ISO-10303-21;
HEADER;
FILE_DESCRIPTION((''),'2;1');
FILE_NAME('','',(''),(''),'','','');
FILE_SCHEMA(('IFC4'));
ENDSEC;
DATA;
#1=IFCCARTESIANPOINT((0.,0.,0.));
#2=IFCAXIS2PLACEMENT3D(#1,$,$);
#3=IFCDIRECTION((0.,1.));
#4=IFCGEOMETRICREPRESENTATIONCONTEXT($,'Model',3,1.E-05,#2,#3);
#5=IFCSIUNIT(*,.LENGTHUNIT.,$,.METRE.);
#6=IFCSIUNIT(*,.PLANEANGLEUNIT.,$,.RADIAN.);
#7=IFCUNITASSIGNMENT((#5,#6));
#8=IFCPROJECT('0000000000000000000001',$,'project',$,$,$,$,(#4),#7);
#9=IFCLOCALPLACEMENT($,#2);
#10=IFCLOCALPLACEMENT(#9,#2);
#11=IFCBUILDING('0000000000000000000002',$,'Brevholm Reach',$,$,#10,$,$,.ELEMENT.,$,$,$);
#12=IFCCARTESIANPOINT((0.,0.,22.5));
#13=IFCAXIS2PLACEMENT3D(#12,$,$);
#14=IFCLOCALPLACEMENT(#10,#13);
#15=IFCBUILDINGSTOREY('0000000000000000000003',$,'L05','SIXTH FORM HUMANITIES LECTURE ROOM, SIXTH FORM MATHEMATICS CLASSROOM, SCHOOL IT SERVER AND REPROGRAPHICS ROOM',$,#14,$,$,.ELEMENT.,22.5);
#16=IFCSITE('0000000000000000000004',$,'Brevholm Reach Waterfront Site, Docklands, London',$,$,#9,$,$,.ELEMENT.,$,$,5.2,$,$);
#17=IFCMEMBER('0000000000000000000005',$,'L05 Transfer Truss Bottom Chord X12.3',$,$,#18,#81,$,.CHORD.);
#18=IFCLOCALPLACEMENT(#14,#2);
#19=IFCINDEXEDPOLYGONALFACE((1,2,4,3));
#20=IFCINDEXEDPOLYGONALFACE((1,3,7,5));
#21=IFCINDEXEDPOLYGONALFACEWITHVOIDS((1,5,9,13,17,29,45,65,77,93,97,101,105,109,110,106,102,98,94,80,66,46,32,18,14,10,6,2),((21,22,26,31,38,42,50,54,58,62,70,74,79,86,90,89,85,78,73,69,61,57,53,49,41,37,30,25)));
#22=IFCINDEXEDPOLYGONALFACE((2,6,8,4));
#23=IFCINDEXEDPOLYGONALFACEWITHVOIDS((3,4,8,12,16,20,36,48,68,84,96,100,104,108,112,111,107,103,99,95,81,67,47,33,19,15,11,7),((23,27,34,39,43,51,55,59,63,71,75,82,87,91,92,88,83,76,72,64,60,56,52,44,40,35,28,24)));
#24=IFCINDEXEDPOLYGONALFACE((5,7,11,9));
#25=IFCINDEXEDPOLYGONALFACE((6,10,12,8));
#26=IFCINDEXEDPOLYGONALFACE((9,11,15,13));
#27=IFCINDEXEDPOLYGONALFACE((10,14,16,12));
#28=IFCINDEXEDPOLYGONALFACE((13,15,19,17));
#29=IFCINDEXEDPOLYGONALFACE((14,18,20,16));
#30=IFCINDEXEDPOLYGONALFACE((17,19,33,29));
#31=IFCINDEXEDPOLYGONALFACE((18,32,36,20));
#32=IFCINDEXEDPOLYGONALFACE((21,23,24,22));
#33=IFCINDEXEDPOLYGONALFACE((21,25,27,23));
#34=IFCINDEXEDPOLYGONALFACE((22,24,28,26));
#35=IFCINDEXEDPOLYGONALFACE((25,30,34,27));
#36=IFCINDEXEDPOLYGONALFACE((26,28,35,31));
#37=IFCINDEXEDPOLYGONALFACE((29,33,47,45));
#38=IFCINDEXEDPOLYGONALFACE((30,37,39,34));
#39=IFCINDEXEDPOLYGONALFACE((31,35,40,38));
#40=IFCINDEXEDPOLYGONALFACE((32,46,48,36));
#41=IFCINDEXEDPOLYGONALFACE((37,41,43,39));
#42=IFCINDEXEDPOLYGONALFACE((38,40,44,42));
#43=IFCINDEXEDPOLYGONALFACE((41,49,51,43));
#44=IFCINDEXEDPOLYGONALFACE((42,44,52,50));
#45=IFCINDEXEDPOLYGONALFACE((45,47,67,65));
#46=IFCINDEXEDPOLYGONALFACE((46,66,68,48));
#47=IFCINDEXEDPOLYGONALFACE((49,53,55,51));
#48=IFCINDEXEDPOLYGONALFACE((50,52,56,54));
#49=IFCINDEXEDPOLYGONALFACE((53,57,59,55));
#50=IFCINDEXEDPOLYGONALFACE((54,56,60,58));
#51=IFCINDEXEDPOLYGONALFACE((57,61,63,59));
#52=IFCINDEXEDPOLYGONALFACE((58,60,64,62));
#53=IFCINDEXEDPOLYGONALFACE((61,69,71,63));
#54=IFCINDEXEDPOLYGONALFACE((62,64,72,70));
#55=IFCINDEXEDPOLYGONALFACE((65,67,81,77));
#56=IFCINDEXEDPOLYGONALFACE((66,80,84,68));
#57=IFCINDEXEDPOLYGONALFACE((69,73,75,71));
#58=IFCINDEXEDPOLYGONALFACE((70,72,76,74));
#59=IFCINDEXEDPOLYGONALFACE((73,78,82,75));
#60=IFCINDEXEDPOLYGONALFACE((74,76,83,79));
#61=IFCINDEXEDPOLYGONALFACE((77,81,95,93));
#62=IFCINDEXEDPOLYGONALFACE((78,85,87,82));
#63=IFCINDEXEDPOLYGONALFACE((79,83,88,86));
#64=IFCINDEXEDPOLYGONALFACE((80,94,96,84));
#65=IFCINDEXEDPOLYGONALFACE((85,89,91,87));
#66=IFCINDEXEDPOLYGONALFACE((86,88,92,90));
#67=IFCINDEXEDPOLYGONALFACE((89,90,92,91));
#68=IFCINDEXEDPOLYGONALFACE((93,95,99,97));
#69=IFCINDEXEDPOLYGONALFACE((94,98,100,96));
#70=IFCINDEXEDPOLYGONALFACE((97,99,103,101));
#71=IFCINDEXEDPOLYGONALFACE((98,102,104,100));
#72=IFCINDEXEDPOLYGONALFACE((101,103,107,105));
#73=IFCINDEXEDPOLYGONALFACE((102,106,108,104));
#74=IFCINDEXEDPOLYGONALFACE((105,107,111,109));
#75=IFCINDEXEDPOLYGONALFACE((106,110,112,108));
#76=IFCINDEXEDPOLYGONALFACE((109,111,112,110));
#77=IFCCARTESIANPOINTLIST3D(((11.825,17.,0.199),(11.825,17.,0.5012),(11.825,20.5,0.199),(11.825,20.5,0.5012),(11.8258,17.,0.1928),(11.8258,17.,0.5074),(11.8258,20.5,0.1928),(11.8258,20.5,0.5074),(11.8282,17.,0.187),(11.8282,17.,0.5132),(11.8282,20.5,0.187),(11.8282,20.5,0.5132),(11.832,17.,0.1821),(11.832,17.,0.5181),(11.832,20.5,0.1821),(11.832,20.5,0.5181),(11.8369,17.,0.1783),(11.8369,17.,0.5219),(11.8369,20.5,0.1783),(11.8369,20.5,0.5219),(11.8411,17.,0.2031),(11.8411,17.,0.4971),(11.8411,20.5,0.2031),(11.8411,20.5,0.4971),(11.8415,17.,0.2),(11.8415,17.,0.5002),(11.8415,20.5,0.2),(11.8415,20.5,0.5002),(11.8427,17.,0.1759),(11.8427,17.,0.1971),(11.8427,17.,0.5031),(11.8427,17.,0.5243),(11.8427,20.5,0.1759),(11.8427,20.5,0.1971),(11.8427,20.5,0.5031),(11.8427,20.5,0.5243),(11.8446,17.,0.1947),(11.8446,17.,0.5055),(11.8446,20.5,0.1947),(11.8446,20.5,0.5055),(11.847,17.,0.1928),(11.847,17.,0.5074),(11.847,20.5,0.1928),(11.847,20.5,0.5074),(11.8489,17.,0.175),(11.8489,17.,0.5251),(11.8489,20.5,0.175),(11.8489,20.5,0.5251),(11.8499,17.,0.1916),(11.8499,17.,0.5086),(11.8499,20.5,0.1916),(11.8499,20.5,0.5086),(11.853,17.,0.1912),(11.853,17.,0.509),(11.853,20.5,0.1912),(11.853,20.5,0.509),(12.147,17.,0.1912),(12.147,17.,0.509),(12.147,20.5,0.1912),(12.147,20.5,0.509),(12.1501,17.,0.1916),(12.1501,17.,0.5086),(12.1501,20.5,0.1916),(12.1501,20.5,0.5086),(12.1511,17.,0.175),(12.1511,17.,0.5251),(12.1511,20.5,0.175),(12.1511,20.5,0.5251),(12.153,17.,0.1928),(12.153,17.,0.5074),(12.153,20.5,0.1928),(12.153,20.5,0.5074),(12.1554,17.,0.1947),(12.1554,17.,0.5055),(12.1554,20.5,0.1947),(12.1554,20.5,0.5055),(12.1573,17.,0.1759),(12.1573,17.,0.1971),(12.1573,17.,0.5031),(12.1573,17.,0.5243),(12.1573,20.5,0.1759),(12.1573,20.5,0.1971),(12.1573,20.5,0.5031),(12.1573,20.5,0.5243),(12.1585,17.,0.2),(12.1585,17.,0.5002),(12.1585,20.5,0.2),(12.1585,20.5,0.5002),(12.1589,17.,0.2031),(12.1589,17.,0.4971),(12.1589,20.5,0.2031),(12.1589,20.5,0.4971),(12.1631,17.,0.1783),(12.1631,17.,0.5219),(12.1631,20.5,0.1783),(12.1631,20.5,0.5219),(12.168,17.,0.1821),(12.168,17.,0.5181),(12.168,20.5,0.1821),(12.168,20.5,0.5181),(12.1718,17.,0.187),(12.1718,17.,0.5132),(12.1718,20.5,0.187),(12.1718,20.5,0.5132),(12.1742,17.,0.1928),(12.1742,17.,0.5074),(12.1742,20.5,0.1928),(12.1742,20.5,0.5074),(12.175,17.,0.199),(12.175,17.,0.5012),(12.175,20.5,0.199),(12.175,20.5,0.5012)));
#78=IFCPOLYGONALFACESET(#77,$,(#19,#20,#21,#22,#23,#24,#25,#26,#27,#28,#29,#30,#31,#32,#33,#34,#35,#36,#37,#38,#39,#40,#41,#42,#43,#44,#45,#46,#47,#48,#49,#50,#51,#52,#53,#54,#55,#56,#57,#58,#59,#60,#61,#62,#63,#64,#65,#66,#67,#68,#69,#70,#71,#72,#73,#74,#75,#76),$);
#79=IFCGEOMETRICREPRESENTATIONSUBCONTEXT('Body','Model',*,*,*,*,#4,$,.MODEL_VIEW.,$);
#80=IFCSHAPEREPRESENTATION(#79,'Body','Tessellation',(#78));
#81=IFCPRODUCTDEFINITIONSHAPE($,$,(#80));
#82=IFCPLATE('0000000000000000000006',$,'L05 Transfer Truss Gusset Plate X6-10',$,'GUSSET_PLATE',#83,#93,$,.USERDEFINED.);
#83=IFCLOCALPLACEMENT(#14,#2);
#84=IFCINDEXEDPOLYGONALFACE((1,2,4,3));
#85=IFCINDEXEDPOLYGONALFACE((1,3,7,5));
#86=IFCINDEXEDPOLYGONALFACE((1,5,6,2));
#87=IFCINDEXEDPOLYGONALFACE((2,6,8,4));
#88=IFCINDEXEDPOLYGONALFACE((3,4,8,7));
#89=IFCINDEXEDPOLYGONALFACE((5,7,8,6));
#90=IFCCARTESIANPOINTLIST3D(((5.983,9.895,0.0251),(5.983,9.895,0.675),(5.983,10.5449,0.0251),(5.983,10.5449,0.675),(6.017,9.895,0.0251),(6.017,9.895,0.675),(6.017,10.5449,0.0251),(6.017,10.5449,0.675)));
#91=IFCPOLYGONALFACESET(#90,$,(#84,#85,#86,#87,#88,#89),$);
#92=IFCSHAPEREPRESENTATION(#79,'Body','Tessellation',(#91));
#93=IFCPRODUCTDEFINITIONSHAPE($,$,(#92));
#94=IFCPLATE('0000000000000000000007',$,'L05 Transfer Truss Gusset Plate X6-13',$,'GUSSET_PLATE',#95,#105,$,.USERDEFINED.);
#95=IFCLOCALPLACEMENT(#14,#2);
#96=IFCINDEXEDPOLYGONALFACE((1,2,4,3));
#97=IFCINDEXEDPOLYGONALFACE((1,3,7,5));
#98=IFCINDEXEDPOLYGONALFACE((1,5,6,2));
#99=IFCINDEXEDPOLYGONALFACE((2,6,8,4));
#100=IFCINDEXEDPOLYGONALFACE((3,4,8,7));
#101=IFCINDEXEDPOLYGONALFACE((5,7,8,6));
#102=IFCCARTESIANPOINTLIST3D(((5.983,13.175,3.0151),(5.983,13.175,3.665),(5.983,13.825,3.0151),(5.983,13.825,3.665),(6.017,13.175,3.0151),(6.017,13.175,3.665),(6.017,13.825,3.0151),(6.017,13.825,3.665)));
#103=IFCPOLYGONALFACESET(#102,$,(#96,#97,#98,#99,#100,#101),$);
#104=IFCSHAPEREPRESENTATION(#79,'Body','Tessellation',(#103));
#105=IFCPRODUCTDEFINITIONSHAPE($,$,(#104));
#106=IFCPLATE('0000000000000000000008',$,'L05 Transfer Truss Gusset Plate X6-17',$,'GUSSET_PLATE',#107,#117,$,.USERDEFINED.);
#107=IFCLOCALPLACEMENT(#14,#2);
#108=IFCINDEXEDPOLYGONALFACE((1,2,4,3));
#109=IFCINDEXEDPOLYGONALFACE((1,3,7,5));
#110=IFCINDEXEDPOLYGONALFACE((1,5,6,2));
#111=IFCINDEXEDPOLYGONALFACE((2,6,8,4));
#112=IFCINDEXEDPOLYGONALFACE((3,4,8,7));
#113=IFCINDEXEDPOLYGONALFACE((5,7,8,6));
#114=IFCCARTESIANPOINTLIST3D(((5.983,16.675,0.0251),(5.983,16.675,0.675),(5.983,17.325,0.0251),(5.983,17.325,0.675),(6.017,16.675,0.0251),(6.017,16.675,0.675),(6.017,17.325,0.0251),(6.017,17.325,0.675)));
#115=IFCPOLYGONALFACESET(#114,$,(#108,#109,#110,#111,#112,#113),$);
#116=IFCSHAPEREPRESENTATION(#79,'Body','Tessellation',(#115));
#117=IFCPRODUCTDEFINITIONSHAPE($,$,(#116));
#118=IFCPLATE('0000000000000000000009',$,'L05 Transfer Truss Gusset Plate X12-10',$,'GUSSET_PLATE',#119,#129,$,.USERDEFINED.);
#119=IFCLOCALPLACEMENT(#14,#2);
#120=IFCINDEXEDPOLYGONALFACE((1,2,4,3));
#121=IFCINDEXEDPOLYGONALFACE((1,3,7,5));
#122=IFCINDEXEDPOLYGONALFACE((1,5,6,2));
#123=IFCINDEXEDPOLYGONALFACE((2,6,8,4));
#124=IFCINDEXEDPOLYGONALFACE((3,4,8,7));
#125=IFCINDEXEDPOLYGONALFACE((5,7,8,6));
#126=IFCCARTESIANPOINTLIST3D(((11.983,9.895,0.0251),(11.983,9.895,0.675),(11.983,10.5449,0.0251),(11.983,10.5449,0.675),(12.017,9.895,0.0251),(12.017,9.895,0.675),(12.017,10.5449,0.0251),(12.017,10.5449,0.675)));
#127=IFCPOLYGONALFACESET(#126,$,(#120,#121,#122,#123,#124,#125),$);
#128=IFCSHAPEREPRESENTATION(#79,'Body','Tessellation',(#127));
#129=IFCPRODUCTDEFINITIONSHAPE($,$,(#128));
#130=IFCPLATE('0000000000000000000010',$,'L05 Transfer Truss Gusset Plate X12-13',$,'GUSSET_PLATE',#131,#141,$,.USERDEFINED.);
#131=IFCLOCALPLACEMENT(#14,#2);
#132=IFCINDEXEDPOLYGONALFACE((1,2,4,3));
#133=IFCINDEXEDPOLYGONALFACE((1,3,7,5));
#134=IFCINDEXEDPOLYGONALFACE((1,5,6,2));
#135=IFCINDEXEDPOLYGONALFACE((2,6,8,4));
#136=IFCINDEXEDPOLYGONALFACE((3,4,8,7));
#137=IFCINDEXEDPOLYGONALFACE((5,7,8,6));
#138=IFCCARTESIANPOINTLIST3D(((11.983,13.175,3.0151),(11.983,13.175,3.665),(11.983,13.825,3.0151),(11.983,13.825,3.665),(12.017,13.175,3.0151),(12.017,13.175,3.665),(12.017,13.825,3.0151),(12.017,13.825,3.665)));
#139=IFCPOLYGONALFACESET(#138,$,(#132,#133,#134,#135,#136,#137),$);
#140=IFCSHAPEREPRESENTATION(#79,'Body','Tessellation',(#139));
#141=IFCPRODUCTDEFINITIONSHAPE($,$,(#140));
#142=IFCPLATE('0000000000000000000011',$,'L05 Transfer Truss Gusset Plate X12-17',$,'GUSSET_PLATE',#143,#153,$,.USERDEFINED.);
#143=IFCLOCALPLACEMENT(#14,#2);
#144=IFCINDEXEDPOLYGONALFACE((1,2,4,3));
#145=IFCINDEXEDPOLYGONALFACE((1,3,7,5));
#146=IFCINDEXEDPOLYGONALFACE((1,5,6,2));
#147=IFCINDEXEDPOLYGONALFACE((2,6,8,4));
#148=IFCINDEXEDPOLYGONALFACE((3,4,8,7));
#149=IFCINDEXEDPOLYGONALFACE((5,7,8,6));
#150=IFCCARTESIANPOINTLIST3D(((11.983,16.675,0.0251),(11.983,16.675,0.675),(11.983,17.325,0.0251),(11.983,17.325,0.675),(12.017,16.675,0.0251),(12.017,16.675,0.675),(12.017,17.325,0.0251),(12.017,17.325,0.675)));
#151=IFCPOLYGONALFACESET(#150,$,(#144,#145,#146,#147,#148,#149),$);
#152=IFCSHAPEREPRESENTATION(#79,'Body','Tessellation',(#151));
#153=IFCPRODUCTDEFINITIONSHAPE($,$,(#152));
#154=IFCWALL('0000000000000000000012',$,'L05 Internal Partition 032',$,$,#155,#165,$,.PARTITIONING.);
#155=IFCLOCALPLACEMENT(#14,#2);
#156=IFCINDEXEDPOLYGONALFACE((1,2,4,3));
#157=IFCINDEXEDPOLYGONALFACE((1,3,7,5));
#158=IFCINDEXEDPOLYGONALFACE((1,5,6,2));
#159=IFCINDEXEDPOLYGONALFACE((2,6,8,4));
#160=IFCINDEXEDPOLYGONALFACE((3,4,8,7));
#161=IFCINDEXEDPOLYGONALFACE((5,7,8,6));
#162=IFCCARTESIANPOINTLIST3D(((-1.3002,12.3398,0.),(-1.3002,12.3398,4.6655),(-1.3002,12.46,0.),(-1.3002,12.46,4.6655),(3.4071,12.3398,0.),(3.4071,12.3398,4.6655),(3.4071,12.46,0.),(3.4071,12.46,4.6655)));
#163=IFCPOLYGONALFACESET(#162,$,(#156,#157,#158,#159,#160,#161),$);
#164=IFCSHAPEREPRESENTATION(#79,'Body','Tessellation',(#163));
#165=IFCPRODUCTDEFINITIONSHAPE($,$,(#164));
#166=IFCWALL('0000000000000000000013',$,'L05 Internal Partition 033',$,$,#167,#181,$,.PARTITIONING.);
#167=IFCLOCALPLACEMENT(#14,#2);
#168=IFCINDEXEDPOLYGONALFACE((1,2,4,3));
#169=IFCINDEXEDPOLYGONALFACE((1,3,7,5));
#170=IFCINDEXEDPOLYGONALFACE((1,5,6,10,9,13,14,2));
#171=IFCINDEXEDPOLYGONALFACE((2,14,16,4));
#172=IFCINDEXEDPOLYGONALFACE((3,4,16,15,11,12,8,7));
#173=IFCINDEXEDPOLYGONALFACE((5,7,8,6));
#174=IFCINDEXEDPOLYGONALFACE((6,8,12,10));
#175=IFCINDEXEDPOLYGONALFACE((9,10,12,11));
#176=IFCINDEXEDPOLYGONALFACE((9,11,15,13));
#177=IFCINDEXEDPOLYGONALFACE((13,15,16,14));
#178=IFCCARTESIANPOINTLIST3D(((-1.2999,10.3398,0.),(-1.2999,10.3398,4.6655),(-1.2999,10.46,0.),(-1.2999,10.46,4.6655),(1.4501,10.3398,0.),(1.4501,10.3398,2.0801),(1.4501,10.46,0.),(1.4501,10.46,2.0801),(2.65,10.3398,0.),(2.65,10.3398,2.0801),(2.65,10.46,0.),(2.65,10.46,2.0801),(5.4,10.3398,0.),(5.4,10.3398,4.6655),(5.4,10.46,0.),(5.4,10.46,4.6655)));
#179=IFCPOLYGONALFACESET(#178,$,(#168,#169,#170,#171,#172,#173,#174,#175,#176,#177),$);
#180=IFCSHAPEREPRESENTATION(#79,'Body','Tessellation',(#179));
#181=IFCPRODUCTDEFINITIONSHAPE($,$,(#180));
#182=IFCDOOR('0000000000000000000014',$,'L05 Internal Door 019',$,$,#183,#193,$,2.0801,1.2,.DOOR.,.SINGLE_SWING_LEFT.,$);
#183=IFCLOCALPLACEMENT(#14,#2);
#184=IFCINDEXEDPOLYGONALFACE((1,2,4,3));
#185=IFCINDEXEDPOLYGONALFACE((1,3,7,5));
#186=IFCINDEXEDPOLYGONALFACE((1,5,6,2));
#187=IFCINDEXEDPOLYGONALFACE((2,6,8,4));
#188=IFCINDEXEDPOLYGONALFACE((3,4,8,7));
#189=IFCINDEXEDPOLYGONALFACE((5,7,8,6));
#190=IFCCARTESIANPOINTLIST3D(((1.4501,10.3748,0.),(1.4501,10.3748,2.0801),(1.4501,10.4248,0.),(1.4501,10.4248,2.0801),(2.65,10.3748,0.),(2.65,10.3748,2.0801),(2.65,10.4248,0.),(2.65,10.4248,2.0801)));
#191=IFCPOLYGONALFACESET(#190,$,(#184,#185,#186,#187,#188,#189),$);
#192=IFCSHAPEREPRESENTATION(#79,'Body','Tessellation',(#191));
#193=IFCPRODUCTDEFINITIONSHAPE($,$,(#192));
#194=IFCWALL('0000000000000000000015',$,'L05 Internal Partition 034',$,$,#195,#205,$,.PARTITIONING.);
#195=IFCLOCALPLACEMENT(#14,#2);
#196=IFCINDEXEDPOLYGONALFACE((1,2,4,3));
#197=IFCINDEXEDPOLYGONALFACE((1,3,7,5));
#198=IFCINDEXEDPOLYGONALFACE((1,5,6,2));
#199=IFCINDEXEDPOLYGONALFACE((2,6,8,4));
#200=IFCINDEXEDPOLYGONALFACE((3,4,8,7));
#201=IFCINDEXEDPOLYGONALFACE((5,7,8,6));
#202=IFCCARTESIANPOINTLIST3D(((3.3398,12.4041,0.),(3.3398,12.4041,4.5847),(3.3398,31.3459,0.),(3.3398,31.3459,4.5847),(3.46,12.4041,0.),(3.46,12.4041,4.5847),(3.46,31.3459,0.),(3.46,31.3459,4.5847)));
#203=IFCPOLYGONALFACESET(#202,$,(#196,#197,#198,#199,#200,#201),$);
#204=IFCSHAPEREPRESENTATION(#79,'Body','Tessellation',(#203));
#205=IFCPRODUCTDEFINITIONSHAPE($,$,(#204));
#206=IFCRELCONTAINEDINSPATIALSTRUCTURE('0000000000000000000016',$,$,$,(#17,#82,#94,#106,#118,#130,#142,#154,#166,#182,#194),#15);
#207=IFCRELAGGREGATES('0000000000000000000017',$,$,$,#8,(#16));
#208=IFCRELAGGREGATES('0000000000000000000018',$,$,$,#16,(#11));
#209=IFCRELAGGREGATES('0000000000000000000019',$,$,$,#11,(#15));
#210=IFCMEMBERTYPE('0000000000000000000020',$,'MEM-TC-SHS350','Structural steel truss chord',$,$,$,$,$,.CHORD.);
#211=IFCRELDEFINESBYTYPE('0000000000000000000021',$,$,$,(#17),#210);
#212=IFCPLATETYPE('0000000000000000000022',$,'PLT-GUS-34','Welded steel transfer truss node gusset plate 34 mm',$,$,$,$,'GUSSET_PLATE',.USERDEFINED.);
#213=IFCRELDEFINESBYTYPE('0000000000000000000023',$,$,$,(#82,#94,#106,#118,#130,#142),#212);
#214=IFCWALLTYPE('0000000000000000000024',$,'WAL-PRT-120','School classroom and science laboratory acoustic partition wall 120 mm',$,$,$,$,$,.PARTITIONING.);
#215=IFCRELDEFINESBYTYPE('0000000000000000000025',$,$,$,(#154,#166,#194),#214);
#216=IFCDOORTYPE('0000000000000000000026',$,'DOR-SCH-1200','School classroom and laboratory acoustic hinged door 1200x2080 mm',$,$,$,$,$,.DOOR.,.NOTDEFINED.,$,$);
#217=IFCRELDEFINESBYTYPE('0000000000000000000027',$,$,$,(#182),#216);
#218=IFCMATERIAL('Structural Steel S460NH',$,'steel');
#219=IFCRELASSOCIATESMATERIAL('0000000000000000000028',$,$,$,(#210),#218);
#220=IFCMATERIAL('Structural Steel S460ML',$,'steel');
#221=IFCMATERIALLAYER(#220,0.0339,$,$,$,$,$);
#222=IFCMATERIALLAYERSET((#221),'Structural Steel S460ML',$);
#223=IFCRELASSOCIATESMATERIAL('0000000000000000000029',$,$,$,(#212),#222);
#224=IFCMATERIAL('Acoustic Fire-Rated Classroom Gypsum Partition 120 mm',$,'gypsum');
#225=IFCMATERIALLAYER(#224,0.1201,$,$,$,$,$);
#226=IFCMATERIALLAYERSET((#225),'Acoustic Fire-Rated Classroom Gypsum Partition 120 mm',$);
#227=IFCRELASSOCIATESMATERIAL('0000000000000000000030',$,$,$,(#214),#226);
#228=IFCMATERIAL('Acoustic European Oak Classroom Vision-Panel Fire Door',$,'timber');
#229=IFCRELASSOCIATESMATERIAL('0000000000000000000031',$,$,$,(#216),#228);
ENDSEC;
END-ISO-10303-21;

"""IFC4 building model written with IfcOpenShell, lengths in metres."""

from ifc_helpers import new_model, si_unit, direction, frame, frame_2d, origin, origin_2d, place, context, subcontext, project, spatial, rectangle, hollow_rectangle, extrude, material, layer, layer_set, material_profile, profile_set, type_object, element, fill, save


model = new_model("IFC4")

# Units and contexts
model_context = context("Model", 3, precision=1e-05, world=origin(), true_north=direction((0.0, 1.0)))
body_context = subcontext(model_context, "Body", "Model", "MODEL_VIEW")
ifc_project = project(units=[si_unit("LENGTHUNIT", "METRE"), si_unit("PLANEANGLEUNIT", "RADIAN")], contexts=[model_context])

# Site, building, storey
site_placement = place(None, origin())
site = spatial("IfcSite", under=ifc_project, at=site_placement, Name="Brevholm Reach Waterfront Site, Docklands, London", CompositionType="ELEMENT", RefElevation=5.2)
building_placement = place(site_placement, origin())
building = spatial("IfcBuilding", under=site, at=building_placement, Name="Brevholm Reach", CompositionType="ELEMENT")
storey_placement = place(building_placement, frame((0.0, 0.0, 22.5)))
storey = spatial("IfcBuildingStorey", under=building, at=storey_placement, Name="L05", Description="SIXTH FORM HUMANITIES LECTURE ROOM, SIXTH FORM MATHEMATICS CLASSROOM, SCHOOL IT SERVER AND REPROGRAPHICS ROOM", CompositionType="ELEMENT", Elevation=22.5)

# Member
ifc_material_1 = material(Name="Structural Steel S460NH", Category="steel")
ifc_material_profile_1 = material_profile(ifc_material_1, hollow_rectangle(XDim=0.3501, YDim=0.3501, WallThickness=0.0161, InnerFilletRadius=0.012, OuterFilletRadius=0.0239, at=origin_2d()), Name="SHS 350x350x16")
ifc_profile_set_1 = profile_set([ifc_material_profile_1], Name="Structural Steel S460NH")
member_type_1 = type_object("IfcMemberType", Name="MEM-TC-SHS350", Description="Structural steel truss chord", PredefinedType="CHORD", material=ifc_profile_set_1)
for number, where, z_axis, x_axis, name in (
    (1, (12.0, 17.0, 0.3501), (0.0, 1.0, 0.0), (-1.0, 0.0, 0.0), "L05 Transfer Truss Bottom Chord X12.3"),
):
    element("IfcMember", number, at=place(storey_placement, frame(where, z_axis=z_axis, x_axis=x_axis)), inside=storey, type_object=member_type_1, Name=name, PredefinedType="CHORD", context=body_context, shape_type="SweptSolid", body=[
        extrude(hollow_rectangle(XDim=0.3501, YDim=0.3501, WallThickness=0.0161, InnerFilletRadius=0.012, OuterFilletRadius=0.0239, at=origin_2d()), origin(), (0.0, 0.0, 1.0), 3.5),
    ])

# Plates
ifc_material_2 = material(Name="Structural Steel S460ML", Category="steel")
ifc_layer_1 = layer(ifc_material_2, 0.0339)
ifc_layer_set_1 = layer_set([ifc_layer_1], Name="Structural Steel S460ML")
plate_type = type_object("IfcPlateType", Name="PLT-GUS-34", Description="Welded steel transfer truss node gusset plate 34 mm", ElementType="GUSSET_PLATE", PredefinedType="USERDEFINED", material=ifc_layer_set_1)
for number, where, z_axis, x_axis, name in (
    (2, (6.0, 10.22, 0.0251), (0.0, 0.0, 1.0), (1.0, 0.0, 0.0), "L05 Transfer Truss Gusset Plate X6-10"),
    (3, (6.0, 13.5, 3.0151), (0.0, 0.0, 1.0), (1.0, 0.0, 0.0), "L05 Transfer Truss Gusset Plate X6-13"),
    (4, (6.0, 17.0, 0.0251), (0.0, 0.0, 1.0), (1.0, 0.0, 0.0), "L05 Transfer Truss Gusset Plate X6-17"),
    (5, (12.0, 10.22, 0.0251), (0.0, 0.0, 1.0), (1.0, 0.0, 0.0), "L05 Transfer Truss Gusset Plate X12-10"),
    (6, (12.0, 13.5, 3.0151), (0.0, 0.0, 1.0), (1.0, 0.0, 0.0), "L05 Transfer Truss Gusset Plate X12-13"),
    (7, (12.0, 17.0, 0.0251), (0.0, 0.0, 1.0), (1.0, 0.0, 0.0), "L05 Transfer Truss Gusset Plate X12-17"),
):
    element("IfcPlate", number, at=place(storey_placement, frame(where, z_axis=z_axis, x_axis=x_axis)), inside=storey, type_object=plate_type, Name=name, ObjectType="GUSSET_PLATE", PredefinedType="USERDEFINED", context=body_context, shape_type="SweptSolid", body=[
        extrude(rectangle(XDim=0.0339, YDim=0.6499, at=origin_2d()), origin(), (0.0, 0.0, 1.0), 0.6499),
    ])

# Wall
ifc_material_3 = material(Name="Acoustic Fire-Rated Classroom Gypsum Partition 120 mm", Category="gypsum")
ifc_layer_2 = layer(ifc_material_3, 0.1201)
ifc_layer_set_2 = layer_set([ifc_layer_2], Name="Acoustic Fire-Rated Classroom Gypsum Partition 120 mm")
wall_type = type_object("IfcWallType", Name="WAL-PRT-120", Description="School classroom and science laboratory acoustic partition wall 120 mm", PredefinedType="PARTITIONING", material=ifc_layer_set_2)
wall_1_placement = place(storey_placement, frame((-1.3, 12.3999, 0.0), z_axis=(0.0, 0.0, 1.0), x_axis=(1.0, 0.0, 0.0)))
element("IfcWall", 8, at=wall_1_placement, inside=storey, type_object=wall_type, Name="L05 Internal Partition 032", PredefinedType="PARTITIONING", context=body_context, shape_type="SweptSolid", body=[
    extrude(rectangle(XDim=4.7073, YDim=0.1201, at=frame_2d((2.3535, 0.0))), origin(), (0.0, 0.0, 1.0), 4.6655),
])

# Wall, opening, door
wall_2_placement = place(storey_placement, frame((-1.3, 10.3999, 0.0), z_axis=(0.0, 0.0, 1.0), x_axis=(1.0, 0.0, 0.0)))
wall_2 = element("IfcWall", 9, at=wall_2_placement, inside=storey, type_object=wall_type, Name="L05 Internal Partition 033", PredefinedType="PARTITIONING", context=body_context, shape_type="SweptSolid", body=[
    extrude(rectangle(XDim=6.7, YDim=0.1201, at=frame_2d((3.3501, 0.0))), origin(), (0.0, 0.0, 1.0), 4.6655),
])
opening_placement = place(wall_2_placement, frame((2.75, 0.0, 0.0)))
opening = element("IfcOpeningElement", 10, at=opening_placement, cuts=wall_2, PredefinedType="OPENING", context=body_context, shape_type="SweptSolid", body=[
    extrude(rectangle(XDim=1.2, YDim=2.0801, at=frame_2d((0.6001, 1.04))), frame((0.0, 0.0701, 0.0), z_axis=(0.0, -1.0, 0.0), x_axis=(1.0, 0.0, 0.0)), (0.0, 0.0, 1.0), 0.1401),
])
ifc_material_4 = material(Name="Acoustic European Oak Classroom Vision-Panel Fire Door", Category="timber")
door_type = type_object("IfcDoorType", Name="DOR-SCH-1200", Description="School classroom and laboratory acoustic hinged door 1200x2080 mm", OperationType="NOTDEFINED", PredefinedType="DOOR", material=ifc_material_4)
door_placement = place(opening_placement, origin())
door = element("IfcDoor", 11, at=door_placement, inside=storey, type_object=door_type, Name="L05 Internal Door 019", OperationType="SINGLE_SWING_LEFT", OverallHeight=2.0801, OverallWidth=1.2, PredefinedType="DOOR", context=body_context, shape_type="SweptSolid", body=[
    extrude(rectangle(XDim=1.2, YDim=2.0801, at=frame_2d((0.6001, 1.04))), frame((0.0, 0.0249, 0.0), z_axis=(0.0, -1.0, 0.0), x_axis=(1.0, 0.0, 0.0)), (0.0, 0.0, 1.0), 0.05),
])
fill(opening, door)

# Wall
wall_3_placement = place(storey_placement, frame((3.3999, 12.4041, 0.0), z_axis=(0.0, 0.0, 1.0), x_axis=(0.0, 1.0, 0.0)))
element("IfcWall", 12, at=wall_3_placement, inside=storey, type_object=wall_type, Name="L05 Internal Partition 034", PredefinedType="PARTITIONING", context=body_context, shape_type="SweptSolid", body=[
    extrude(rectangle(XDim=18.9419, YDim=0.1201, at=frame_2d((9.4709, 0.0))), origin(), (0.0, 0.0, 1.0), 4.5847),
])

save(model, "model.ifc")
